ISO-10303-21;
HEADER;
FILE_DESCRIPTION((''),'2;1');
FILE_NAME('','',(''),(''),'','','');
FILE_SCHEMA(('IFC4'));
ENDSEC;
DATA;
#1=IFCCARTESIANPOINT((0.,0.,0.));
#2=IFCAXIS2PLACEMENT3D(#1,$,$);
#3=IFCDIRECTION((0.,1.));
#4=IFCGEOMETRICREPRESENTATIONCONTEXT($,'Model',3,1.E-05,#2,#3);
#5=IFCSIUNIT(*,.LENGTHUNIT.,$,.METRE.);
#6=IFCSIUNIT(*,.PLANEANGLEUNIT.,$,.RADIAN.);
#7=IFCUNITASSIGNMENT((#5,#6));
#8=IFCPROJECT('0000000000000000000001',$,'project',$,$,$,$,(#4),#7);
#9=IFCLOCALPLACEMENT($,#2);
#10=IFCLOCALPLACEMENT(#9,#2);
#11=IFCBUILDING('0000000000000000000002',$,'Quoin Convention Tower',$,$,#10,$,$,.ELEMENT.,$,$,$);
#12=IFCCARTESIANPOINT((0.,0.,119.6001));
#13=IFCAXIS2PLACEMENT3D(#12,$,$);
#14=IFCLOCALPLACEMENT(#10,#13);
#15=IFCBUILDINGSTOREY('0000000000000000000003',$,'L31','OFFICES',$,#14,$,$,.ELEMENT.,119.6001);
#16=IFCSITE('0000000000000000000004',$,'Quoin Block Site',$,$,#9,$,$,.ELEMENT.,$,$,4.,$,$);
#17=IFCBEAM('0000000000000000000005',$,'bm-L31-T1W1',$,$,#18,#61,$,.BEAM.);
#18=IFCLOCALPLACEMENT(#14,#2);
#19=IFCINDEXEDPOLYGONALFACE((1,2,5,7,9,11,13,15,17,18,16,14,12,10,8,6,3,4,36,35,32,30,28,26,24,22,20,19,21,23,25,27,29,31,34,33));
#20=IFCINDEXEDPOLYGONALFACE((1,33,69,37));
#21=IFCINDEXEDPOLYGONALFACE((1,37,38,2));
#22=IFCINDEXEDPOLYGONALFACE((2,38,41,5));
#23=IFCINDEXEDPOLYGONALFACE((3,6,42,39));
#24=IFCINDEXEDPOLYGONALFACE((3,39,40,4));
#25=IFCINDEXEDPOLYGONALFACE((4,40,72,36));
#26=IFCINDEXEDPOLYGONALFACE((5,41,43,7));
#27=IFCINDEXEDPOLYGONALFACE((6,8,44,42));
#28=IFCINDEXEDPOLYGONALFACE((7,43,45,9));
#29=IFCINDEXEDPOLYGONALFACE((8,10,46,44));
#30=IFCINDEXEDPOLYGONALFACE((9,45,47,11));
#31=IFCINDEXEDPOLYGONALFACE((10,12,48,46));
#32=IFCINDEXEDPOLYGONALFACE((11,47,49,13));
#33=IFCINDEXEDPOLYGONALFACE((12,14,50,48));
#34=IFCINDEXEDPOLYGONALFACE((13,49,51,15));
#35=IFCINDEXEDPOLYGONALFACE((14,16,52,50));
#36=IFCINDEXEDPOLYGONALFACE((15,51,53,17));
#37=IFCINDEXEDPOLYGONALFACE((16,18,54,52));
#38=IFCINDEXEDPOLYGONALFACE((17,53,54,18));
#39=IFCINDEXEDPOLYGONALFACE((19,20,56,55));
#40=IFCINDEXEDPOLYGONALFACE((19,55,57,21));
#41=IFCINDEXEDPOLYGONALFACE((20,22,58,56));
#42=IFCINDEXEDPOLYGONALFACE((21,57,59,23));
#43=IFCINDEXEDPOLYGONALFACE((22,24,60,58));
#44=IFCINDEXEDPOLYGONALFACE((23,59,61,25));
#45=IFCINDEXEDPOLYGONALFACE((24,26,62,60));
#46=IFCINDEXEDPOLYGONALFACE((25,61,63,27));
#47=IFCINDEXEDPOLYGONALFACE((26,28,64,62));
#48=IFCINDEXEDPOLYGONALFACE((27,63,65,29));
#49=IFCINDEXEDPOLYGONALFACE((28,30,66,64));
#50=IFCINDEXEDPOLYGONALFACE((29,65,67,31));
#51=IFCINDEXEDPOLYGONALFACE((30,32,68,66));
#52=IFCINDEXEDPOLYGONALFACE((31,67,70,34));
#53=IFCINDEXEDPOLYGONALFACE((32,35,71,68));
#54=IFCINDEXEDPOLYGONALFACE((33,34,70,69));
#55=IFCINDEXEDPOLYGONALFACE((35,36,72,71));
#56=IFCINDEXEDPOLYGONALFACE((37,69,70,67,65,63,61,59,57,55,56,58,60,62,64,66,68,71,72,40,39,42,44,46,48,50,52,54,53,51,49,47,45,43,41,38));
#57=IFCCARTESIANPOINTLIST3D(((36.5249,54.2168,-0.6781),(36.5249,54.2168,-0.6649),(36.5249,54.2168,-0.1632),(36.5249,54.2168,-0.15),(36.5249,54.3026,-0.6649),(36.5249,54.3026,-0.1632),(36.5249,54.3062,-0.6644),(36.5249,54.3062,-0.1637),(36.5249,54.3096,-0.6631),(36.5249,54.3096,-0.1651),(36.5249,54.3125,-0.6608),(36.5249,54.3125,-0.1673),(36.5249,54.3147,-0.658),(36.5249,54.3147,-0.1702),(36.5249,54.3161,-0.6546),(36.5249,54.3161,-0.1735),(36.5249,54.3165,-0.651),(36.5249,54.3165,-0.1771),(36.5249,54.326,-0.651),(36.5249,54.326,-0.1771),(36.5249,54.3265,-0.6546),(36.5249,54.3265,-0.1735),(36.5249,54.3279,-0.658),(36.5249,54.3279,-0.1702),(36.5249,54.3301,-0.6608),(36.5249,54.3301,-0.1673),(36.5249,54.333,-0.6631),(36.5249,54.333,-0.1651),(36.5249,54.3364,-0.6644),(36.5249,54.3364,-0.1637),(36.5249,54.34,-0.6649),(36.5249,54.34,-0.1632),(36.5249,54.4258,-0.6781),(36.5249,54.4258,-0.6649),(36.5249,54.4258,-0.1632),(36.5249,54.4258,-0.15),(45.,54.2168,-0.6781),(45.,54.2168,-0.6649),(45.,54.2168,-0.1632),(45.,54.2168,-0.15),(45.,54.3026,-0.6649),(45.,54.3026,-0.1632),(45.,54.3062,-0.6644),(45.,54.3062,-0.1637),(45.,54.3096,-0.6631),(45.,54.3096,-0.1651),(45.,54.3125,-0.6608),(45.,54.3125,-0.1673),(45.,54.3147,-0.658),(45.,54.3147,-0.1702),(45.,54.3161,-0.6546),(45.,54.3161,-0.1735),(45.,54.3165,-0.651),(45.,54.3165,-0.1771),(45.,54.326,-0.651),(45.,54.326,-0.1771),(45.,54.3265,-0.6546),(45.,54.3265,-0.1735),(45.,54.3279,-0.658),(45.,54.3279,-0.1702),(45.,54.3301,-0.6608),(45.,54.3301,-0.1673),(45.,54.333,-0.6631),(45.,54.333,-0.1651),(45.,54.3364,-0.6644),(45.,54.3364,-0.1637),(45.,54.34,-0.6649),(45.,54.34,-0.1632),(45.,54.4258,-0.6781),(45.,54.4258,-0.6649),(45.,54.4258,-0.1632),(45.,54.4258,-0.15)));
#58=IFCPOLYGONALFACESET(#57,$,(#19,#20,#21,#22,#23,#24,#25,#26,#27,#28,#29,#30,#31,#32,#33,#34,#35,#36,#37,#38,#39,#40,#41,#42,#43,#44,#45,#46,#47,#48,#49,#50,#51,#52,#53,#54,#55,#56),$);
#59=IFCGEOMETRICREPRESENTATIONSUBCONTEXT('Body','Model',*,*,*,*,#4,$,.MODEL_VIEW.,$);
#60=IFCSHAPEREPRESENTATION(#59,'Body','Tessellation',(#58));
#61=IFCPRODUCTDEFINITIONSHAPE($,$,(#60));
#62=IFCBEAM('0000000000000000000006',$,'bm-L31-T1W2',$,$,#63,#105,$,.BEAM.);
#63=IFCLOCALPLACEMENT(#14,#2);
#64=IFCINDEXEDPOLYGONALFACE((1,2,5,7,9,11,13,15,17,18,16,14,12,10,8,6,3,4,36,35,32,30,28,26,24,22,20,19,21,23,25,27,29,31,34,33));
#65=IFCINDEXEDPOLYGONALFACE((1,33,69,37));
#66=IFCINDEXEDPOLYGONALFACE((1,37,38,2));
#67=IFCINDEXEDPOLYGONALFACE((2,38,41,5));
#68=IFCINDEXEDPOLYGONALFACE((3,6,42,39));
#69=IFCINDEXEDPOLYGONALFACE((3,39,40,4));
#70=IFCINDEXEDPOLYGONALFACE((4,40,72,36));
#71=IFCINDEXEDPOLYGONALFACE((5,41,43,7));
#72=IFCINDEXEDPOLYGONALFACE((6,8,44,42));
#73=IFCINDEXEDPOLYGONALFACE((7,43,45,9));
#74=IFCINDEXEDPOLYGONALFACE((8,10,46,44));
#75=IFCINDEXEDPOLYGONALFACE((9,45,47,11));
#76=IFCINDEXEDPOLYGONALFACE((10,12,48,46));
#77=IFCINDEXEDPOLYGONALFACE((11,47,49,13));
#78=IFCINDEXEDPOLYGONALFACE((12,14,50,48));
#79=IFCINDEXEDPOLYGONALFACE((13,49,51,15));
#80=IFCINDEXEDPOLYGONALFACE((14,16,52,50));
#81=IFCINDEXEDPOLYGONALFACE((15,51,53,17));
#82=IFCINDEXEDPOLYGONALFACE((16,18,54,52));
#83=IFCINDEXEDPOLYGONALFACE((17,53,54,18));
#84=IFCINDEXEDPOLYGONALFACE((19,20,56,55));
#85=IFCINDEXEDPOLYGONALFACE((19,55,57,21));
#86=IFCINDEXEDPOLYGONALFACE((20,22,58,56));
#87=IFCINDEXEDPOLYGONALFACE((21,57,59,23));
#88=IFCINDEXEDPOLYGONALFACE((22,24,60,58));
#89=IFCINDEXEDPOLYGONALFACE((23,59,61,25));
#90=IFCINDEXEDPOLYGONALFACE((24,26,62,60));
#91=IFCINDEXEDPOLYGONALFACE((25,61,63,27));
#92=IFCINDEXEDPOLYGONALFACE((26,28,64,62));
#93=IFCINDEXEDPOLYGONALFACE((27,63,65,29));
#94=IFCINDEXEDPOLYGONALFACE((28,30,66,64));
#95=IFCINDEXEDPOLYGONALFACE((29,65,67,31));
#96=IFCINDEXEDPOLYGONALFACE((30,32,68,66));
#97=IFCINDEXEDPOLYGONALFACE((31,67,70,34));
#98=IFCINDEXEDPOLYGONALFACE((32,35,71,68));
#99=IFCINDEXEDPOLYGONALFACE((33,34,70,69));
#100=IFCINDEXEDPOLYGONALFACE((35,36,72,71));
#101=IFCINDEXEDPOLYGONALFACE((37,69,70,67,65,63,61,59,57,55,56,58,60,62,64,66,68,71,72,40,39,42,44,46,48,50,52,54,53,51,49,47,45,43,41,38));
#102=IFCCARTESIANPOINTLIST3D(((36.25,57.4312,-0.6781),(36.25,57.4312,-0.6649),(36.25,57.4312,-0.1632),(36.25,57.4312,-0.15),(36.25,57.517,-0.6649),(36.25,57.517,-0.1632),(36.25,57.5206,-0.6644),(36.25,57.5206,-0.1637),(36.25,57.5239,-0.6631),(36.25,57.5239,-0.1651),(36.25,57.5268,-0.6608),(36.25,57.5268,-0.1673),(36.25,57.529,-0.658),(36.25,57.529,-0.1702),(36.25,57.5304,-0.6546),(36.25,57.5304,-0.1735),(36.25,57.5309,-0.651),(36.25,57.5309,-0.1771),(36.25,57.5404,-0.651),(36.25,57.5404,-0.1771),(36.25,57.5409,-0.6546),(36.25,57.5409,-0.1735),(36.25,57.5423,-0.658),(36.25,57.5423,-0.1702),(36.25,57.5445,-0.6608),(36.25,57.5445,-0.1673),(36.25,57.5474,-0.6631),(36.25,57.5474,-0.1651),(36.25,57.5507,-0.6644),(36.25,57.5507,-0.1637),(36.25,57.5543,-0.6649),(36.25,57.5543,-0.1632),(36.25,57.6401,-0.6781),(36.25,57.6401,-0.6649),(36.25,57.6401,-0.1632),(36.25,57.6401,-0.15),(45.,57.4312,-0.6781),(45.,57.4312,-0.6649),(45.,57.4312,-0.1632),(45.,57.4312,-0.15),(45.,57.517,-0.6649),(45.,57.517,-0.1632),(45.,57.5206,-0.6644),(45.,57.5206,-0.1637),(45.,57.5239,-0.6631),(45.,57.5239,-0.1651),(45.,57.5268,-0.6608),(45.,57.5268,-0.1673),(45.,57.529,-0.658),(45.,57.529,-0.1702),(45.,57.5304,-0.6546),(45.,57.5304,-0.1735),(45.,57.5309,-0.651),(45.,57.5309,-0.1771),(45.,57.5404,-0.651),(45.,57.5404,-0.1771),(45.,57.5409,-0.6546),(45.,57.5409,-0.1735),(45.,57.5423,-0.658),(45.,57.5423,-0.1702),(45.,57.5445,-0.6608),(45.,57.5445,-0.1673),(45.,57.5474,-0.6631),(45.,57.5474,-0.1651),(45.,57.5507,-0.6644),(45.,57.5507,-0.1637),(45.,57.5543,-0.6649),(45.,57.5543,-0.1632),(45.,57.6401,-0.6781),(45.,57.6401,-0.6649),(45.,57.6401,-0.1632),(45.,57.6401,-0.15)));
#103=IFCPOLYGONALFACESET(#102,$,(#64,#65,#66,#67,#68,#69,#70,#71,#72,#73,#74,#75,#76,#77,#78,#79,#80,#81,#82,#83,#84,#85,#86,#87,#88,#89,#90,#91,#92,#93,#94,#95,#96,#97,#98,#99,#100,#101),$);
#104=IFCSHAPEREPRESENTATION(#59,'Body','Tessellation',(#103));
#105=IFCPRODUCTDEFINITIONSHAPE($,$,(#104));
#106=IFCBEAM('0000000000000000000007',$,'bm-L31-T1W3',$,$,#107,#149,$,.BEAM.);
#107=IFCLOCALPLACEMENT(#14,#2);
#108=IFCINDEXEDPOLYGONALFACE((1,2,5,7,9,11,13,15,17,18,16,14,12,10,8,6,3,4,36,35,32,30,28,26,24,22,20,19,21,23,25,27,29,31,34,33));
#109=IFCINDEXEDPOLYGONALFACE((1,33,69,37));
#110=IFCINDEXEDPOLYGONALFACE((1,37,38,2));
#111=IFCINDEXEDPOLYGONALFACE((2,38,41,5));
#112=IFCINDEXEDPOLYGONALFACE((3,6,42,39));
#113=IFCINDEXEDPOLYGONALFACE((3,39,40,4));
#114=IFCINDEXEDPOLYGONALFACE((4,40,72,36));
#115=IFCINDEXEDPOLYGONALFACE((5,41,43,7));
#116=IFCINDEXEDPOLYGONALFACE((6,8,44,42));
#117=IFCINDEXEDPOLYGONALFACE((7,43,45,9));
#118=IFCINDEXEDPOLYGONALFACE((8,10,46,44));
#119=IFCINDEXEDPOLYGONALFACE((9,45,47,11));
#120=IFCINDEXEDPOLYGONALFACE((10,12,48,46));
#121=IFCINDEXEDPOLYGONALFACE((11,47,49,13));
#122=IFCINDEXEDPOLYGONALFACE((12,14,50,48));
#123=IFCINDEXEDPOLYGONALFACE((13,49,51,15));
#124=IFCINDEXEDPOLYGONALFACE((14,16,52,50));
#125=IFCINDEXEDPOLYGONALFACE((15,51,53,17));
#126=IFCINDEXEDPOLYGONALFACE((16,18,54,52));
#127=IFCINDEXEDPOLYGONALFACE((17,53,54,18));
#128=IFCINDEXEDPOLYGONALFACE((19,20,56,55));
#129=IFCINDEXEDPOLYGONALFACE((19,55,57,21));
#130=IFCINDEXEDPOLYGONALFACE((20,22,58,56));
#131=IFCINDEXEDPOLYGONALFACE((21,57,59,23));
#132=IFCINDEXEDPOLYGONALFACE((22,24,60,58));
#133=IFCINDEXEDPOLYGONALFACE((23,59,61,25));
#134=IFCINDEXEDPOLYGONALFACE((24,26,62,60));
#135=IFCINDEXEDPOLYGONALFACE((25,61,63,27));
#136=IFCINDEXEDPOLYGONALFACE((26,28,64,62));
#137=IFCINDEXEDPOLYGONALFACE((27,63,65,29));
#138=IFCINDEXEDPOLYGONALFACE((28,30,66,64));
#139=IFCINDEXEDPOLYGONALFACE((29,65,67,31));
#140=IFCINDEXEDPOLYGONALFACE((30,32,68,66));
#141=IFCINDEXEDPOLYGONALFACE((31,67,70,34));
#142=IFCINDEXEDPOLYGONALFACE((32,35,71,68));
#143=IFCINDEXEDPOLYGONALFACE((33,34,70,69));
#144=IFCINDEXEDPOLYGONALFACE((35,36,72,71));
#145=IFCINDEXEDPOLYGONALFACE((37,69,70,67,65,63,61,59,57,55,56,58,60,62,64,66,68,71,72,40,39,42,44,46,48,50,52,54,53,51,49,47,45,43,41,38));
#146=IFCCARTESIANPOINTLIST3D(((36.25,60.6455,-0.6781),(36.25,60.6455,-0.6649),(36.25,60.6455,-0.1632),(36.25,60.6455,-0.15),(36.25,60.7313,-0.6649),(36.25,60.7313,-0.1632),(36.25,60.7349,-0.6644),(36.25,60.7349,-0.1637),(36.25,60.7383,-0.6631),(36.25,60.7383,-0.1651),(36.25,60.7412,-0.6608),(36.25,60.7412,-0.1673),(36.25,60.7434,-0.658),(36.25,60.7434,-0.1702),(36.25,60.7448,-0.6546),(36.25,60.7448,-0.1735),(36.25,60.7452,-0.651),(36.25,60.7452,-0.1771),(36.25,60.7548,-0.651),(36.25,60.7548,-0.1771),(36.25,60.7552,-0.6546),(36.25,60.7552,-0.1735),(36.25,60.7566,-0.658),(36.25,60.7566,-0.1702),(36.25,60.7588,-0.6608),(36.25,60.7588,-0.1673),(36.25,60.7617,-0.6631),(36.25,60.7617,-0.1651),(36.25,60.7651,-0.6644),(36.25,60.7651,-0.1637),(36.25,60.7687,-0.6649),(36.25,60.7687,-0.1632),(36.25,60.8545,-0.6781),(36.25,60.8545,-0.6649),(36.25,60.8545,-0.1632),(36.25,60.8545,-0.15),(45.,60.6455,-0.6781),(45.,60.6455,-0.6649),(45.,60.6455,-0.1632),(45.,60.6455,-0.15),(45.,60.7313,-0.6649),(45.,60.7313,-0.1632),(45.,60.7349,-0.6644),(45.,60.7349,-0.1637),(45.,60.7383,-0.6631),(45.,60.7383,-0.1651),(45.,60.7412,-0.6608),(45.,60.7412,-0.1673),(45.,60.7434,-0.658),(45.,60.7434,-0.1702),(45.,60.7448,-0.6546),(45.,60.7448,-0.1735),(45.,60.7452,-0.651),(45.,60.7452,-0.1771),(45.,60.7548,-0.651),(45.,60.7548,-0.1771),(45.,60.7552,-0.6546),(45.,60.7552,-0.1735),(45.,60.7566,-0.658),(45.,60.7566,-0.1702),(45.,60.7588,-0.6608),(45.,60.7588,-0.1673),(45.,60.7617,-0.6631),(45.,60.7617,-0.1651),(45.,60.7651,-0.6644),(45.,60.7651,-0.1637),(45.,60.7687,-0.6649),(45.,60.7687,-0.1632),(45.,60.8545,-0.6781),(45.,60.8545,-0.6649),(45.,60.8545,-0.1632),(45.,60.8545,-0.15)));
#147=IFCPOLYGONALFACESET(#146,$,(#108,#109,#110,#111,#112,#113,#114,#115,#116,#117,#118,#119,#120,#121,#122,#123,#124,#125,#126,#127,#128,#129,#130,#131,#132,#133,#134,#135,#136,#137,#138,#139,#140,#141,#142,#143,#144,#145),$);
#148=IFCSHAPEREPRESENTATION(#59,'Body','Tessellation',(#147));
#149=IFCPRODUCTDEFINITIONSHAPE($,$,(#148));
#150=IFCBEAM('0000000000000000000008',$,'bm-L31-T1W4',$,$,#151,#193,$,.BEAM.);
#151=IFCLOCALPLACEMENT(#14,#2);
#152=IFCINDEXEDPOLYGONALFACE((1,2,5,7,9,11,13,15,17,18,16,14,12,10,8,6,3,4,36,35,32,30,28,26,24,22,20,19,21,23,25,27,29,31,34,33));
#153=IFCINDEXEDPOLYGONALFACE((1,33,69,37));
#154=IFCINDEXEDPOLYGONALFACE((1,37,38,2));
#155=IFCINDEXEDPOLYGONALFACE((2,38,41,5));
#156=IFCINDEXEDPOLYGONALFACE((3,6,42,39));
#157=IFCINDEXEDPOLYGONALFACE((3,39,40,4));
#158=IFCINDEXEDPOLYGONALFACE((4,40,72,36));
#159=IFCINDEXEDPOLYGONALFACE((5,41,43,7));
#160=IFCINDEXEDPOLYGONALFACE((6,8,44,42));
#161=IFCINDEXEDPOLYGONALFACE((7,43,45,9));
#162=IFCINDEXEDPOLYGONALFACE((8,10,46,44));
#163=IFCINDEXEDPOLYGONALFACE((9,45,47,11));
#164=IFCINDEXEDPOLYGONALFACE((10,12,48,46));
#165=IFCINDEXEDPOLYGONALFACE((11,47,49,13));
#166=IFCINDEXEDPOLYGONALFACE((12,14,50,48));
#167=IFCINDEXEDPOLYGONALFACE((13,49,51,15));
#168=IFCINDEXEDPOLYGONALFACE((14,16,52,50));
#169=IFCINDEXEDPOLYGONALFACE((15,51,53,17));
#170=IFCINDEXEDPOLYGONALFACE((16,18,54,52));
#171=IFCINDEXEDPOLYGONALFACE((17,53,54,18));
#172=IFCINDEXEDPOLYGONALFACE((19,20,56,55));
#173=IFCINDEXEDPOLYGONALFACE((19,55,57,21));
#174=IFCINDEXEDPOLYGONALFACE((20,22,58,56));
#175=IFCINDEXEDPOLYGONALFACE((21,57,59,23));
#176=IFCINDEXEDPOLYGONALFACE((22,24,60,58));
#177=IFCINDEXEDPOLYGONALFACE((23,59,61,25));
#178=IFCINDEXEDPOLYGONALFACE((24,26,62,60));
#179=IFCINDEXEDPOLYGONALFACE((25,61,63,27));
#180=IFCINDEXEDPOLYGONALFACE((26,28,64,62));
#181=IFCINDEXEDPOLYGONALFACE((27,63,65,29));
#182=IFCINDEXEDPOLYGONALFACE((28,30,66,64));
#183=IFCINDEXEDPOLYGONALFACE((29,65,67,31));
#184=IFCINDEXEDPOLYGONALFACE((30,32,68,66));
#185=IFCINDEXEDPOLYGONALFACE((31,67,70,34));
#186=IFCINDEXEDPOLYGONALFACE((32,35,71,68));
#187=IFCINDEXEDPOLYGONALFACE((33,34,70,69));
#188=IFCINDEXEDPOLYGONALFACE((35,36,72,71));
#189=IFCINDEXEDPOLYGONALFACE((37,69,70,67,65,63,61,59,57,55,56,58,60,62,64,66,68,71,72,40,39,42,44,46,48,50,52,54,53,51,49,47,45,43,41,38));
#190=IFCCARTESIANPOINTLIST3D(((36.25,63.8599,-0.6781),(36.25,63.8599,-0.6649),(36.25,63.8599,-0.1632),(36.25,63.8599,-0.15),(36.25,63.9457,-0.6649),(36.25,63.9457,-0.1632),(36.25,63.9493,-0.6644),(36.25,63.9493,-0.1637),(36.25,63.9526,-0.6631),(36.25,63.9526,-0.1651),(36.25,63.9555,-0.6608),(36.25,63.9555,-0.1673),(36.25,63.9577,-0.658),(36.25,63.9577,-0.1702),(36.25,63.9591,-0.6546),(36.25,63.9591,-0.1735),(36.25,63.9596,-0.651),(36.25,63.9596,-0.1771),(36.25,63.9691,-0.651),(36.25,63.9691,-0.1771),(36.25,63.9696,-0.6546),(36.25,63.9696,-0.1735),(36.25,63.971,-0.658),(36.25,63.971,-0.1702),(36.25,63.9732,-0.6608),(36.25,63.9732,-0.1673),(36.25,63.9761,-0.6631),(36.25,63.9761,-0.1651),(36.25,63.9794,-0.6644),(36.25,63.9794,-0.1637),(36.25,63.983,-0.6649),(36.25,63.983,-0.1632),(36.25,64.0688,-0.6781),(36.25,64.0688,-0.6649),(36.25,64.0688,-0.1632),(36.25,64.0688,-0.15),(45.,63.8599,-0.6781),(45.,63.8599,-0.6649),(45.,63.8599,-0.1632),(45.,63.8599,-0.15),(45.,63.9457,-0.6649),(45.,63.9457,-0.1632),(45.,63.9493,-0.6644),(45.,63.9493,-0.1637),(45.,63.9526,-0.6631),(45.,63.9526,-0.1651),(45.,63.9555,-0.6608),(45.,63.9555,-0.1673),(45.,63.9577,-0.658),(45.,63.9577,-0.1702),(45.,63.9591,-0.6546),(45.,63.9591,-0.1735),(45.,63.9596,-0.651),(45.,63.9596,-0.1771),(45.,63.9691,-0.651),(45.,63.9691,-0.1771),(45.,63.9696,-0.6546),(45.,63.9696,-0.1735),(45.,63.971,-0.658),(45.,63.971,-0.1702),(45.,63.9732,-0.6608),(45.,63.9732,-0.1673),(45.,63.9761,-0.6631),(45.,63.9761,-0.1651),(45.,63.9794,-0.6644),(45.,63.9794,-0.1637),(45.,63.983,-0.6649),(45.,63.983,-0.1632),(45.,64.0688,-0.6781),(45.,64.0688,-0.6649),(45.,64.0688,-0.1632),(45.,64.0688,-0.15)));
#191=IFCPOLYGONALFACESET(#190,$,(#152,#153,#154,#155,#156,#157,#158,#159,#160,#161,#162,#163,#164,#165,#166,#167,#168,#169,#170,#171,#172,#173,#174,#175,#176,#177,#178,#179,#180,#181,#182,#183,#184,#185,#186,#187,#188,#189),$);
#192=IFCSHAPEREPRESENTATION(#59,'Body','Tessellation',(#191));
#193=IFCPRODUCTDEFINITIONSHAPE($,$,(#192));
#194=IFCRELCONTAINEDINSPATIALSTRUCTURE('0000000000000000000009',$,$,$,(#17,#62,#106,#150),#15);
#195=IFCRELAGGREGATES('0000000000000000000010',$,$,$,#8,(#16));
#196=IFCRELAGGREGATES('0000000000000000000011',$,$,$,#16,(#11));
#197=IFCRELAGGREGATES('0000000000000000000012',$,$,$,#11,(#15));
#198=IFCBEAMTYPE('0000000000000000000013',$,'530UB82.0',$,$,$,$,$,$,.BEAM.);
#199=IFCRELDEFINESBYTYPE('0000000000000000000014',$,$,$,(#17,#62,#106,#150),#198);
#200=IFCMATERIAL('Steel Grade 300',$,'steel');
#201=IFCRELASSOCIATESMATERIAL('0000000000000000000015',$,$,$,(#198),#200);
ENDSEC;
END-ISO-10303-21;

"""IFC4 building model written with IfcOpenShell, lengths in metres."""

from ifc_helpers import new_model, si_unit, direction, frame, origin, origin_2d, place, context, subcontext, project, spatial, i_section, extrude, material, material_profile, profile_set, type_object, element, save


model = new_model("IFC4")

# Units and contexts
model_context = context("Model", 3, precision=1e-05, world=origin(), true_north=direction((0.0, 1.0)))
body_context = subcontext(model_context, "Body", "Model", "MODEL_VIEW")
ifc_project = project(units=[si_unit("LENGTHUNIT", "METRE"), si_unit("PLANEANGLEUNIT", "RADIAN")], contexts=[model_context])

# Site, building, storey
site_placement = place(None, origin())
site = spatial("IfcSite", under=ifc_project, at=site_placement, Name="Quoin Block Site", CompositionType="ELEMENT", RefElevation=4.0)
building_placement = place(site_placement, origin())
building = spatial("IfcBuilding", under=site, at=building_placement, Name="Quoin Convention Tower", CompositionType="ELEMENT")
storey_placement = place(building_placement, frame((0.0, 0.0, 119.6001)))
storey = spatial("IfcBuildingStorey", under=building, at=storey_placement, Name="L31", Description="OFFICES", CompositionType="ELEMENT", Elevation=119.6001)

# Beams
ifc_material_1 = material(Name="Steel Grade 300", Category="steel")
ifc_material_profile = material_profile(ifc_material_1, i_section(OverallWidth=0.209, OverallDepth=0.5281, WebThickness=0.0095, FlangeThickness=0.0132, FilletRadius=0.0139, at=origin_2d()), Name="530UB82.0")
ifc_profile_set = profile_set([ifc_material_profile], Name="Steel Grade 300")
beam_type = type_object("IfcBeamType", Name="530UB82.0", PredefinedType="BEAM", material=ifc_profile_set)
beam_1_placement = place(storey_placement, frame((36.5249, 54.3213, -0.4141), z_axis=(1.0, 0.0, 0.0), x_axis=(0.0, 1.0, 0.0)))
element("IfcBeam", 1, at=beam_1_placement, inside=storey, type_object=beam_type, Name="bm-L31-T1W1", PredefinedType="BEAM", context=body_context, shape_type="SweptSolid", body=[
    extrude(i_section(OverallWidth=0.209, OverallDepth=0.5281, WebThickness=0.0095, FlangeThickness=0.0132, FilletRadius=0.0139, at=origin_2d()), origin(), (0.0, 0.0, 1.0), 8.4751),
])
for number, where, z_axis, x_axis, name in (
    (2, (36.25, 57.5356, -0.4141), (1.0, 0.0, 0.0), (0.0, 1.0, 0.0), "bm-L31-T1W2"),
    (3, (36.25, 60.75, -0.4141), (1.0, 0.0, 0.0), (0.0, 1.0, 0.0), "bm-L31-T1W3"),
    (4, (36.25, 63.9644, -0.4141), (1.0, 0.0, 0.0), (0.0, 1.0, 0.0), "bm-L31-T1W4"),
):
    element("IfcBeam", number, at=place(storey_placement, frame(where, z_axis=z_axis, x_axis=x_axis)), inside=storey, type_object=beam_type, Name=name, PredefinedType="BEAM", context=body_context, shape_type="SweptSolid", body=[
        extrude(i_section(OverallWidth=0.209, OverallDepth=0.5281, WebThickness=0.0095, FlangeThickness=0.0132, FilletRadius=0.0139, at=origin_2d()), origin(), (0.0, 0.0, 1.0), 8.75),
    ])

save(model, "model.ifc")
